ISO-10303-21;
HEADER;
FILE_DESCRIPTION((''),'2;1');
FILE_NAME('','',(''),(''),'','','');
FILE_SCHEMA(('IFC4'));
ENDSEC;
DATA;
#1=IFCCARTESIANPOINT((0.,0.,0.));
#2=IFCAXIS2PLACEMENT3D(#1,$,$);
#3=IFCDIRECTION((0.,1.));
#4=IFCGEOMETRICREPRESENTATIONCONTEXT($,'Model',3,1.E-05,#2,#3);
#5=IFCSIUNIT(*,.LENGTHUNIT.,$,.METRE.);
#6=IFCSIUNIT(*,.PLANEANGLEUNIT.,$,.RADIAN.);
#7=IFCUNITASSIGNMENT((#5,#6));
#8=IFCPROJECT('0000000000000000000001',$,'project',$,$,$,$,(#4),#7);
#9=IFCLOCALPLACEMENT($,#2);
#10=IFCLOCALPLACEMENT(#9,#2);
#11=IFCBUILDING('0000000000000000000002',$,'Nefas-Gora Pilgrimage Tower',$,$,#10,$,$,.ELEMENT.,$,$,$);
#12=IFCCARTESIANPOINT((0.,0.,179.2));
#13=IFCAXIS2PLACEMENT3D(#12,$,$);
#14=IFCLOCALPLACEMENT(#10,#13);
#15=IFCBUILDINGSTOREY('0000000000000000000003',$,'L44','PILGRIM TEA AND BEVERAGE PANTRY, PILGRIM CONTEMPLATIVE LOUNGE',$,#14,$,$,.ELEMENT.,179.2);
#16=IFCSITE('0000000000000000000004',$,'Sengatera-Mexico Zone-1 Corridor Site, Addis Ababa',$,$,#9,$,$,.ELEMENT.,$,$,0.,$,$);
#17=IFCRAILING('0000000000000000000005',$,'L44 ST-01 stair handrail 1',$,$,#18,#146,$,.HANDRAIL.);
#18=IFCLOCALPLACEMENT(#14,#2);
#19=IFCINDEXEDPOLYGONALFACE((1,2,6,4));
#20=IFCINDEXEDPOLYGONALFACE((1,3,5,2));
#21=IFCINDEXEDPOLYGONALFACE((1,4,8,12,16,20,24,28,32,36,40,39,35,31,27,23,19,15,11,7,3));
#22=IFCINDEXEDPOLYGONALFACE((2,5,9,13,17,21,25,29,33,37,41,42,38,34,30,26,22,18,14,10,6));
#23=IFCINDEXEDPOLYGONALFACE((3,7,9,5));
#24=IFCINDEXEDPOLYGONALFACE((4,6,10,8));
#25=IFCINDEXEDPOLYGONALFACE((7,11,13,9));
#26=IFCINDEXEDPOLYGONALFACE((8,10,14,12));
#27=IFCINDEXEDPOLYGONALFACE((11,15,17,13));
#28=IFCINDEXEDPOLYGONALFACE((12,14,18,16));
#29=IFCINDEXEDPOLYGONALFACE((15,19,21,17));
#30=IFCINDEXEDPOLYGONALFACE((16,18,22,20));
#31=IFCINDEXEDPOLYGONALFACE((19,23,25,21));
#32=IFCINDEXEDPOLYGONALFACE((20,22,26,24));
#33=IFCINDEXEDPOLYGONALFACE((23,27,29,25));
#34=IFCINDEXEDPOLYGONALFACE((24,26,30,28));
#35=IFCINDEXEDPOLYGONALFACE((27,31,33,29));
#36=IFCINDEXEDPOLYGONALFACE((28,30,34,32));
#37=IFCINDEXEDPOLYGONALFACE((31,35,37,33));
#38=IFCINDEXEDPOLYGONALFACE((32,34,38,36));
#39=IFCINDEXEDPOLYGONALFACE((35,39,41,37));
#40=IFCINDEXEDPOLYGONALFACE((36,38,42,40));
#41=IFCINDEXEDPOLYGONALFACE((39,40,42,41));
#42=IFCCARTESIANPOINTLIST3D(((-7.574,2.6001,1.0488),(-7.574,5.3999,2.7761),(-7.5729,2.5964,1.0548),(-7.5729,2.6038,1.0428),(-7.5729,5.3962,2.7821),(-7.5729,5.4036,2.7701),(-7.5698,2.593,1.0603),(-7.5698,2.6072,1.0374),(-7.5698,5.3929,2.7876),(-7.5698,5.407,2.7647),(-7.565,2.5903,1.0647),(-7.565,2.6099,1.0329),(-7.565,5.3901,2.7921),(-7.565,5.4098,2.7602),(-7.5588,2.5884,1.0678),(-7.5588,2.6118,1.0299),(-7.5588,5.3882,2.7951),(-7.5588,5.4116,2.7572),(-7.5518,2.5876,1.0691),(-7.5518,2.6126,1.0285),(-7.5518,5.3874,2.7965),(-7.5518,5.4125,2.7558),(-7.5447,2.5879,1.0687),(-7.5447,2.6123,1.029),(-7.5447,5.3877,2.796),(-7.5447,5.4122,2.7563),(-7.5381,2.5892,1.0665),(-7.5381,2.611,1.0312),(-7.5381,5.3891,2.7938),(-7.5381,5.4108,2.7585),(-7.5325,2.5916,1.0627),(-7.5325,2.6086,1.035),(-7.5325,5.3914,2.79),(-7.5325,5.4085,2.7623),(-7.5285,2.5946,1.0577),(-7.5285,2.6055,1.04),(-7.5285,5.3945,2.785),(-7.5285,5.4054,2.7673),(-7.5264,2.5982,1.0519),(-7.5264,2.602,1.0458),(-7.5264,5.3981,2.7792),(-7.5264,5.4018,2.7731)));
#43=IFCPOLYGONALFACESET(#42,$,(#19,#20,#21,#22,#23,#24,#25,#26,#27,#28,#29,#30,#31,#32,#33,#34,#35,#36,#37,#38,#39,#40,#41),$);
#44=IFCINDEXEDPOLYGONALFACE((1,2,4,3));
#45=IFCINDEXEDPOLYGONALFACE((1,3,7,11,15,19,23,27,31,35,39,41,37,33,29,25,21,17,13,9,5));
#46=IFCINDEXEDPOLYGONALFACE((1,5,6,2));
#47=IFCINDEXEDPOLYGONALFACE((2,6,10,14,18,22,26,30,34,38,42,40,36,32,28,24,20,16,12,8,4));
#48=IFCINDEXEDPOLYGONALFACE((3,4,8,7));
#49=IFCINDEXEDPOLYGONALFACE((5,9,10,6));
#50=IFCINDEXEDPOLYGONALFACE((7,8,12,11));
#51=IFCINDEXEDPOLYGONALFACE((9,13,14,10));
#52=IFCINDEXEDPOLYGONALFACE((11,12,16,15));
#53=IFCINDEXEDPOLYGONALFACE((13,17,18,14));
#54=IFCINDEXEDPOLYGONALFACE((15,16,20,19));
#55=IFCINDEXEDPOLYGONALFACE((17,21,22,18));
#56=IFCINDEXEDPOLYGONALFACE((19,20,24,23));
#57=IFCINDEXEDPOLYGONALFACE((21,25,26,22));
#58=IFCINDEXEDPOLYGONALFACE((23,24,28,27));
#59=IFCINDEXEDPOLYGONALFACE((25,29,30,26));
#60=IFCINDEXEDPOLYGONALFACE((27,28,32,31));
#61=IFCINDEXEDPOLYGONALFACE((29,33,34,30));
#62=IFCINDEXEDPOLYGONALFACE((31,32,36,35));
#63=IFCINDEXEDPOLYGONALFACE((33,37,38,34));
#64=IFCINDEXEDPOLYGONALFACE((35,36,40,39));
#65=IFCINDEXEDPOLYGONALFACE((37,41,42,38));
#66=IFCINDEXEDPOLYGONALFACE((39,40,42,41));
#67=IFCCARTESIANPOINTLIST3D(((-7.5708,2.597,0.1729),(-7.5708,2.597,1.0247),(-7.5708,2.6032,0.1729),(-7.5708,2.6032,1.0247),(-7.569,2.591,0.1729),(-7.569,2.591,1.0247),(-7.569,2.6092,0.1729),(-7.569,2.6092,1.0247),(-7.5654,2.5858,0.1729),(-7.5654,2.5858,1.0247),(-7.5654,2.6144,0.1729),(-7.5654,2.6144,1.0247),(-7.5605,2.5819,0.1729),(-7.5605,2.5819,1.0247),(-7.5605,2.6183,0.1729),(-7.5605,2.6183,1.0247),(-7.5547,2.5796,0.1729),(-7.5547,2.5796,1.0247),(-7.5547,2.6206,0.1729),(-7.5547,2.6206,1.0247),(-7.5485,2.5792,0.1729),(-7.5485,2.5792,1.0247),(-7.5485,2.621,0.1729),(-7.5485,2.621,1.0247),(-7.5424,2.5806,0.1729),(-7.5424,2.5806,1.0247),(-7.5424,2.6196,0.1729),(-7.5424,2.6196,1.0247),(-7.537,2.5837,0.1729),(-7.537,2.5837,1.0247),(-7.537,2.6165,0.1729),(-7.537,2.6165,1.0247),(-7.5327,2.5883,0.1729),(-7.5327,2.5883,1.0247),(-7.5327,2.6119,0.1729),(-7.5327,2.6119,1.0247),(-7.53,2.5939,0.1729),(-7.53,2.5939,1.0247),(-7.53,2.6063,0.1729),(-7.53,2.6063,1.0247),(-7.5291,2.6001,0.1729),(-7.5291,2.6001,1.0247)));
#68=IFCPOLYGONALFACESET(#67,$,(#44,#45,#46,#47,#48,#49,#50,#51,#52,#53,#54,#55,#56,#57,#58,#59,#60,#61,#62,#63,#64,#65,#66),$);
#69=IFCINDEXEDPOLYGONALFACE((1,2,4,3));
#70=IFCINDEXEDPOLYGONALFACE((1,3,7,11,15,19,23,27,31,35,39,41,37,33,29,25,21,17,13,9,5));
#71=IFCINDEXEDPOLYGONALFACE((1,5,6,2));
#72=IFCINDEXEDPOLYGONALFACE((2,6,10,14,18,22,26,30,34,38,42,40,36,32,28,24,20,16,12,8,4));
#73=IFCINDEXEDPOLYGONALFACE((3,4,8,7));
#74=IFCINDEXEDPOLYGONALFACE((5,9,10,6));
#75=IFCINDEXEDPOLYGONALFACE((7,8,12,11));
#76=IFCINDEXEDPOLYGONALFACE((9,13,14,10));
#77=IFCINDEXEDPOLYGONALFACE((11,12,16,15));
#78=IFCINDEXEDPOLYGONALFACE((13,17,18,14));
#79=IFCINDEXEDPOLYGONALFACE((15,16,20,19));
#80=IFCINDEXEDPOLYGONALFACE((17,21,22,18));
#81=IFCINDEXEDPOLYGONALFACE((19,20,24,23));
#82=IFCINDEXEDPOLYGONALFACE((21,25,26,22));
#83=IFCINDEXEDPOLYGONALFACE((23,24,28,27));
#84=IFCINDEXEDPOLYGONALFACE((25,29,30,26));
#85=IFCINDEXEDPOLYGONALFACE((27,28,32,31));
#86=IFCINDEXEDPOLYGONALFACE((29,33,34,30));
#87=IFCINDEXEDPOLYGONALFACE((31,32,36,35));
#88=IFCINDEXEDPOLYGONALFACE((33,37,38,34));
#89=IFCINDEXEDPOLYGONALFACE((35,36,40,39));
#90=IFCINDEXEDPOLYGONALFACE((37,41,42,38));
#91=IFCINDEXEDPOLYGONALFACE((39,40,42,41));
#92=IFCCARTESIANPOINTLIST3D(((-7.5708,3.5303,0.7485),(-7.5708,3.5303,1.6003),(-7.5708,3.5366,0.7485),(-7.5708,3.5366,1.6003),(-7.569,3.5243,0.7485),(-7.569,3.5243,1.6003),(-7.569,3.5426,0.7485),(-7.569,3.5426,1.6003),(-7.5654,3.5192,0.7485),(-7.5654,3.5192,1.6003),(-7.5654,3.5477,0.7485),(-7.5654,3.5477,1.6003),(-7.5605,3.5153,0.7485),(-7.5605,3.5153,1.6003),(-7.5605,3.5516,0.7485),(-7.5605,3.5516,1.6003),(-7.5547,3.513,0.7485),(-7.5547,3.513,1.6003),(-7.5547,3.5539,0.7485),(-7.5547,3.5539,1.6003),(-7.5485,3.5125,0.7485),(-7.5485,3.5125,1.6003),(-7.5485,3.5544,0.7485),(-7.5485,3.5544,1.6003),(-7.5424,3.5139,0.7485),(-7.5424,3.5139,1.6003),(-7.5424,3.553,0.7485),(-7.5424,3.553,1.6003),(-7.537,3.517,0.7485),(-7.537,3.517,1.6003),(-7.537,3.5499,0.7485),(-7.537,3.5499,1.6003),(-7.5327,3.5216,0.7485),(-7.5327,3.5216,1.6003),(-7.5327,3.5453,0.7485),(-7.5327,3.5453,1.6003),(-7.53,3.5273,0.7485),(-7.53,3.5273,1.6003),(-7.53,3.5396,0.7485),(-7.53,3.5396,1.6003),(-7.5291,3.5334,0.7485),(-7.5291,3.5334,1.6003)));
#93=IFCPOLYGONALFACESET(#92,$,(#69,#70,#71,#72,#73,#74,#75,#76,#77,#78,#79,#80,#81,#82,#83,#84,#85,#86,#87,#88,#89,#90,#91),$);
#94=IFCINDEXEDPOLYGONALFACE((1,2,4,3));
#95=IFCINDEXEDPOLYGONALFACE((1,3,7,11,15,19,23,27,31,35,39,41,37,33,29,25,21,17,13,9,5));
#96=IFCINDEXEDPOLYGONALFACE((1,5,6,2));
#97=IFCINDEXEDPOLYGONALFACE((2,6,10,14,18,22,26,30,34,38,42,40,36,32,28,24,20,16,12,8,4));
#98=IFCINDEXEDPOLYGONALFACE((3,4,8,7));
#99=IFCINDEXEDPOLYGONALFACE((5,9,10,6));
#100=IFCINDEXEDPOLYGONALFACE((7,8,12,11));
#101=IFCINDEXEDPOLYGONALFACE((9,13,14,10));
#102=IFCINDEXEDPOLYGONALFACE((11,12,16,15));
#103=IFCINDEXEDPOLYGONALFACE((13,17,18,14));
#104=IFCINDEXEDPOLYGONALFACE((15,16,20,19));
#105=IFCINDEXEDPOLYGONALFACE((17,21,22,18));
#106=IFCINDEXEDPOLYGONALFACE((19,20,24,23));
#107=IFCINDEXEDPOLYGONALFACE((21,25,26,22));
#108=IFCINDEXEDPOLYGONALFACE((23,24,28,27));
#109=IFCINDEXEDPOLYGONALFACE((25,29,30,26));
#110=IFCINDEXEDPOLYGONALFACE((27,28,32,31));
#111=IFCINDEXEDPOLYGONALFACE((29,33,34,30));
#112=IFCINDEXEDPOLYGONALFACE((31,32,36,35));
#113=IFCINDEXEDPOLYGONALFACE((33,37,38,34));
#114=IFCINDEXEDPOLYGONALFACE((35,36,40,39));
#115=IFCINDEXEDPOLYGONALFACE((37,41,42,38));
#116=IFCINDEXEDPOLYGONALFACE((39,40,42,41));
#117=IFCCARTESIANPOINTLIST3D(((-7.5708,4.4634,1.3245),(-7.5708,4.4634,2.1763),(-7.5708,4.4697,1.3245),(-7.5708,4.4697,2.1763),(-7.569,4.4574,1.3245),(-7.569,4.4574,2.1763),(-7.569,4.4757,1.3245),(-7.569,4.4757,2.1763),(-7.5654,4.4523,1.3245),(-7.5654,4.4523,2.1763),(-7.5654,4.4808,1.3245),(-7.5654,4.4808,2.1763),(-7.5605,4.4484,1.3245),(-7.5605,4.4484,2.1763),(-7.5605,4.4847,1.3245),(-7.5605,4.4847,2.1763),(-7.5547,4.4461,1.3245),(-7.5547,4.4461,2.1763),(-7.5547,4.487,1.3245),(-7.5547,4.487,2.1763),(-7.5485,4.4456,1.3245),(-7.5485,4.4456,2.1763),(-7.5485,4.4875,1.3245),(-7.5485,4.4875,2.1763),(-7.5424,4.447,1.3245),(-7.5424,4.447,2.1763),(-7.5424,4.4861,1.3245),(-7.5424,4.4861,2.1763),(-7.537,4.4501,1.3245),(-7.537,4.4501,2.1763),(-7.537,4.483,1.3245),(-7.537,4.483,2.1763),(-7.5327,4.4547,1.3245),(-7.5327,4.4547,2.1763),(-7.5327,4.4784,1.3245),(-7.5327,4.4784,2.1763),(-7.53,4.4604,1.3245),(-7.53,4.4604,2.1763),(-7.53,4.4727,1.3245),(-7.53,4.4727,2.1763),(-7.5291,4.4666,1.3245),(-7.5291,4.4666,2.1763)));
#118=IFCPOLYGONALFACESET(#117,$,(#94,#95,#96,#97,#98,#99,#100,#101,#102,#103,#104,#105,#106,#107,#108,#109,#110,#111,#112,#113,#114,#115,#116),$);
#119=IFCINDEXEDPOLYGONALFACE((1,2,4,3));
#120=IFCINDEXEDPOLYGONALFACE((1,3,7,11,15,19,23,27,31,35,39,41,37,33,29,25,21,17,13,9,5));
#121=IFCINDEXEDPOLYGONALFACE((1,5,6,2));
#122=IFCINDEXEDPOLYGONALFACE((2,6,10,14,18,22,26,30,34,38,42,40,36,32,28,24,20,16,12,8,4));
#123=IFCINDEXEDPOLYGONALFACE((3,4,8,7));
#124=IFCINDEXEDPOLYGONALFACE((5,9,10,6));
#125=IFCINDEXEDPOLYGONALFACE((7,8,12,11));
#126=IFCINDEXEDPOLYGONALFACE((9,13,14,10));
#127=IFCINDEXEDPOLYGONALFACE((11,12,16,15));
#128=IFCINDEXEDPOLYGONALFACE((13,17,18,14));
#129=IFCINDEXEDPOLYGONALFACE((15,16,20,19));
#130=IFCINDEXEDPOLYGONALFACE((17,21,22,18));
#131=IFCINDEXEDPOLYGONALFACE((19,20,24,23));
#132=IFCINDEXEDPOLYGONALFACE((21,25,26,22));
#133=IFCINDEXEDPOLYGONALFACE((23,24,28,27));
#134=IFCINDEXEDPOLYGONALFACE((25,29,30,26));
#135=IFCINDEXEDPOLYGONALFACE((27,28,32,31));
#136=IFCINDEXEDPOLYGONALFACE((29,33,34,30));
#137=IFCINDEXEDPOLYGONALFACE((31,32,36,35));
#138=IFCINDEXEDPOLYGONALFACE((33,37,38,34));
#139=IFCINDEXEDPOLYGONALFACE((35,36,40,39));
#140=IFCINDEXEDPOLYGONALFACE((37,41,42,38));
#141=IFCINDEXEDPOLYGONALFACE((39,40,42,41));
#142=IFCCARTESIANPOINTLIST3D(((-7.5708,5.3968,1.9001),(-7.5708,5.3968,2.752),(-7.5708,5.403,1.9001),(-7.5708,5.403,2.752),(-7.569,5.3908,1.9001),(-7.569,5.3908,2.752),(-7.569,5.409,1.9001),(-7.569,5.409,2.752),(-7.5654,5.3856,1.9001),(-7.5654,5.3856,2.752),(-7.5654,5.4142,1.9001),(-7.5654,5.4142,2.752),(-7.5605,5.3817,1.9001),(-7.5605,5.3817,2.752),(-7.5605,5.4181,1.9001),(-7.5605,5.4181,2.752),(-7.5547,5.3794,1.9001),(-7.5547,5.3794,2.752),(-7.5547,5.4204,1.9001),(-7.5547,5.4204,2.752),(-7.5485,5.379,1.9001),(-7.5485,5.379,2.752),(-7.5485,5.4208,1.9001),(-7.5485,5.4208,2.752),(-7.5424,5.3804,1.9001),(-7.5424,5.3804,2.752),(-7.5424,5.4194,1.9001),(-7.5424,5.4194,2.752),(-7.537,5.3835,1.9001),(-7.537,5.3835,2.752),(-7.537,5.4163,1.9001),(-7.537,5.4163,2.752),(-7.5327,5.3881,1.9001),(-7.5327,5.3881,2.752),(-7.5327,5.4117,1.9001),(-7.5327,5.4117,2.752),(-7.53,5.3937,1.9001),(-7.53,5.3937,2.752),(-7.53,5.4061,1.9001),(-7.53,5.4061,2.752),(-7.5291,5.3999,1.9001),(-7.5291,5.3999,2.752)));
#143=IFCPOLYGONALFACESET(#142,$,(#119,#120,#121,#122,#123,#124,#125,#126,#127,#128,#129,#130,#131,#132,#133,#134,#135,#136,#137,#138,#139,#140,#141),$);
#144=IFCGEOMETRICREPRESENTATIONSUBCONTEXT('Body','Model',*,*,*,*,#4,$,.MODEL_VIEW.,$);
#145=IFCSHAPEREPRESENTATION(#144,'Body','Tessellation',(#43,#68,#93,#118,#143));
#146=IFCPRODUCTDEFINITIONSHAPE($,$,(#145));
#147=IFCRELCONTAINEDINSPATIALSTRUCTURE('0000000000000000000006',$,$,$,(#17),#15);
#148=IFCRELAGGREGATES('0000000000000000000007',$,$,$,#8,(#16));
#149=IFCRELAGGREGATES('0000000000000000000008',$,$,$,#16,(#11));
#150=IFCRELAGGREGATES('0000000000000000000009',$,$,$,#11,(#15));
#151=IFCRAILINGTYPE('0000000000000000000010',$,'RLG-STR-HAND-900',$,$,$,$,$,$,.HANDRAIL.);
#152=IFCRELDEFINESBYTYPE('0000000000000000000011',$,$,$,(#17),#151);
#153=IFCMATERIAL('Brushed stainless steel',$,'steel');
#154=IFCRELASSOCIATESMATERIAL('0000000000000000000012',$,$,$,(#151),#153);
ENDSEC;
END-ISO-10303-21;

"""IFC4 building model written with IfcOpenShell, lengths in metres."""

from ifc_helpers import new_model, si_unit, direction, frame, origin, origin_2d, place, context, subcontext, project, spatial, circle, extrude, material, type_object, element, save


model = new_model("IFC4")

# Units and contexts
model_context = context("Model", 3, precision=1e-05, world=origin(), true_north=direction((0.0, 1.0)))
body_context = subcontext(model_context, "Body", "Model", "MODEL_VIEW")
ifc_project = project(units=[si_unit("LENGTHUNIT", "METRE"), si_unit("PLANEANGLEUNIT", "RADIAN")], contexts=[model_context])

# Site, building, storey
site_placement = place(None, origin())
site = spatial("IfcSite", under=ifc_project, at=site_placement, Name="Sengatera-Mexico Zone-1 Corridor Site, Addis Ababa", CompositionType="ELEMENT", RefElevation=0.0)
building_placement = place(site_placement, origin())
building = spatial("IfcBuilding", under=site, at=building_placement, Name="Nefas-Gora Pilgrimage Tower", CompositionType="ELEMENT")
storey_placement = place(building_placement, frame((0.0, 0.0, 179.2)))
storey = spatial("IfcBuildingStorey", under=building, at=storey_placement, Name="L44", Description="PILGRIM TEA AND BEVERAGE PANTRY, PILGRIM CONTEMPLATIVE LOUNGE", CompositionType="ELEMENT", Elevation=179.2)

# Railing
ifc_material_1 = material(Name="Brushed stainless steel", Category="steel")
railing_type_1 = type_object("IfcRailingType", Name="RLG-STR-HAND-900", PredefinedType="HANDRAIL", material=ifc_material_1)
railing_1_placement = place(storey_placement, frame((-7.55, 2.6001, 0.1729)))
element("IfcRailing", 1, at=railing_1_placement, inside=storey, type_object=railing_type_1, Name="L44 ST-01 stair handrail 1", PredefinedType="HANDRAIL", context=body_context, shape_type="SweptSolid", body=[
    extrude(circle(Radius=0.0239, at=origin_2d()), frame((0.0, 0.0, 0.876), z_axis=(0.0, 0.851069, 0.525054), x_axis=(-1.0, 0.0, 0.0)), (0.0, 0.0, 1.0), 3.2898),
    extrude(circle(Radius=0.021, at=origin_2d()), origin(), (0.0, 0.0, 1.0), 0.8518),
    extrude(circle(Radius=0.021, at=origin_2d()), frame((0.0, 0.9333, 0.5757)), (0.0, 0.0, 1.0), 0.8518),
    extrude(circle(Radius=0.021, at=origin_2d()), frame((0.0, 1.8665, 1.1516)), (0.0, 0.0, 1.0), 0.8518),
    extrude(circle(Radius=0.021, at=origin_2d()), frame((0.0, 2.7998, 1.7273)), (0.0, 0.0, 1.0), 0.8518),
])

save(model, "model.ifc")
